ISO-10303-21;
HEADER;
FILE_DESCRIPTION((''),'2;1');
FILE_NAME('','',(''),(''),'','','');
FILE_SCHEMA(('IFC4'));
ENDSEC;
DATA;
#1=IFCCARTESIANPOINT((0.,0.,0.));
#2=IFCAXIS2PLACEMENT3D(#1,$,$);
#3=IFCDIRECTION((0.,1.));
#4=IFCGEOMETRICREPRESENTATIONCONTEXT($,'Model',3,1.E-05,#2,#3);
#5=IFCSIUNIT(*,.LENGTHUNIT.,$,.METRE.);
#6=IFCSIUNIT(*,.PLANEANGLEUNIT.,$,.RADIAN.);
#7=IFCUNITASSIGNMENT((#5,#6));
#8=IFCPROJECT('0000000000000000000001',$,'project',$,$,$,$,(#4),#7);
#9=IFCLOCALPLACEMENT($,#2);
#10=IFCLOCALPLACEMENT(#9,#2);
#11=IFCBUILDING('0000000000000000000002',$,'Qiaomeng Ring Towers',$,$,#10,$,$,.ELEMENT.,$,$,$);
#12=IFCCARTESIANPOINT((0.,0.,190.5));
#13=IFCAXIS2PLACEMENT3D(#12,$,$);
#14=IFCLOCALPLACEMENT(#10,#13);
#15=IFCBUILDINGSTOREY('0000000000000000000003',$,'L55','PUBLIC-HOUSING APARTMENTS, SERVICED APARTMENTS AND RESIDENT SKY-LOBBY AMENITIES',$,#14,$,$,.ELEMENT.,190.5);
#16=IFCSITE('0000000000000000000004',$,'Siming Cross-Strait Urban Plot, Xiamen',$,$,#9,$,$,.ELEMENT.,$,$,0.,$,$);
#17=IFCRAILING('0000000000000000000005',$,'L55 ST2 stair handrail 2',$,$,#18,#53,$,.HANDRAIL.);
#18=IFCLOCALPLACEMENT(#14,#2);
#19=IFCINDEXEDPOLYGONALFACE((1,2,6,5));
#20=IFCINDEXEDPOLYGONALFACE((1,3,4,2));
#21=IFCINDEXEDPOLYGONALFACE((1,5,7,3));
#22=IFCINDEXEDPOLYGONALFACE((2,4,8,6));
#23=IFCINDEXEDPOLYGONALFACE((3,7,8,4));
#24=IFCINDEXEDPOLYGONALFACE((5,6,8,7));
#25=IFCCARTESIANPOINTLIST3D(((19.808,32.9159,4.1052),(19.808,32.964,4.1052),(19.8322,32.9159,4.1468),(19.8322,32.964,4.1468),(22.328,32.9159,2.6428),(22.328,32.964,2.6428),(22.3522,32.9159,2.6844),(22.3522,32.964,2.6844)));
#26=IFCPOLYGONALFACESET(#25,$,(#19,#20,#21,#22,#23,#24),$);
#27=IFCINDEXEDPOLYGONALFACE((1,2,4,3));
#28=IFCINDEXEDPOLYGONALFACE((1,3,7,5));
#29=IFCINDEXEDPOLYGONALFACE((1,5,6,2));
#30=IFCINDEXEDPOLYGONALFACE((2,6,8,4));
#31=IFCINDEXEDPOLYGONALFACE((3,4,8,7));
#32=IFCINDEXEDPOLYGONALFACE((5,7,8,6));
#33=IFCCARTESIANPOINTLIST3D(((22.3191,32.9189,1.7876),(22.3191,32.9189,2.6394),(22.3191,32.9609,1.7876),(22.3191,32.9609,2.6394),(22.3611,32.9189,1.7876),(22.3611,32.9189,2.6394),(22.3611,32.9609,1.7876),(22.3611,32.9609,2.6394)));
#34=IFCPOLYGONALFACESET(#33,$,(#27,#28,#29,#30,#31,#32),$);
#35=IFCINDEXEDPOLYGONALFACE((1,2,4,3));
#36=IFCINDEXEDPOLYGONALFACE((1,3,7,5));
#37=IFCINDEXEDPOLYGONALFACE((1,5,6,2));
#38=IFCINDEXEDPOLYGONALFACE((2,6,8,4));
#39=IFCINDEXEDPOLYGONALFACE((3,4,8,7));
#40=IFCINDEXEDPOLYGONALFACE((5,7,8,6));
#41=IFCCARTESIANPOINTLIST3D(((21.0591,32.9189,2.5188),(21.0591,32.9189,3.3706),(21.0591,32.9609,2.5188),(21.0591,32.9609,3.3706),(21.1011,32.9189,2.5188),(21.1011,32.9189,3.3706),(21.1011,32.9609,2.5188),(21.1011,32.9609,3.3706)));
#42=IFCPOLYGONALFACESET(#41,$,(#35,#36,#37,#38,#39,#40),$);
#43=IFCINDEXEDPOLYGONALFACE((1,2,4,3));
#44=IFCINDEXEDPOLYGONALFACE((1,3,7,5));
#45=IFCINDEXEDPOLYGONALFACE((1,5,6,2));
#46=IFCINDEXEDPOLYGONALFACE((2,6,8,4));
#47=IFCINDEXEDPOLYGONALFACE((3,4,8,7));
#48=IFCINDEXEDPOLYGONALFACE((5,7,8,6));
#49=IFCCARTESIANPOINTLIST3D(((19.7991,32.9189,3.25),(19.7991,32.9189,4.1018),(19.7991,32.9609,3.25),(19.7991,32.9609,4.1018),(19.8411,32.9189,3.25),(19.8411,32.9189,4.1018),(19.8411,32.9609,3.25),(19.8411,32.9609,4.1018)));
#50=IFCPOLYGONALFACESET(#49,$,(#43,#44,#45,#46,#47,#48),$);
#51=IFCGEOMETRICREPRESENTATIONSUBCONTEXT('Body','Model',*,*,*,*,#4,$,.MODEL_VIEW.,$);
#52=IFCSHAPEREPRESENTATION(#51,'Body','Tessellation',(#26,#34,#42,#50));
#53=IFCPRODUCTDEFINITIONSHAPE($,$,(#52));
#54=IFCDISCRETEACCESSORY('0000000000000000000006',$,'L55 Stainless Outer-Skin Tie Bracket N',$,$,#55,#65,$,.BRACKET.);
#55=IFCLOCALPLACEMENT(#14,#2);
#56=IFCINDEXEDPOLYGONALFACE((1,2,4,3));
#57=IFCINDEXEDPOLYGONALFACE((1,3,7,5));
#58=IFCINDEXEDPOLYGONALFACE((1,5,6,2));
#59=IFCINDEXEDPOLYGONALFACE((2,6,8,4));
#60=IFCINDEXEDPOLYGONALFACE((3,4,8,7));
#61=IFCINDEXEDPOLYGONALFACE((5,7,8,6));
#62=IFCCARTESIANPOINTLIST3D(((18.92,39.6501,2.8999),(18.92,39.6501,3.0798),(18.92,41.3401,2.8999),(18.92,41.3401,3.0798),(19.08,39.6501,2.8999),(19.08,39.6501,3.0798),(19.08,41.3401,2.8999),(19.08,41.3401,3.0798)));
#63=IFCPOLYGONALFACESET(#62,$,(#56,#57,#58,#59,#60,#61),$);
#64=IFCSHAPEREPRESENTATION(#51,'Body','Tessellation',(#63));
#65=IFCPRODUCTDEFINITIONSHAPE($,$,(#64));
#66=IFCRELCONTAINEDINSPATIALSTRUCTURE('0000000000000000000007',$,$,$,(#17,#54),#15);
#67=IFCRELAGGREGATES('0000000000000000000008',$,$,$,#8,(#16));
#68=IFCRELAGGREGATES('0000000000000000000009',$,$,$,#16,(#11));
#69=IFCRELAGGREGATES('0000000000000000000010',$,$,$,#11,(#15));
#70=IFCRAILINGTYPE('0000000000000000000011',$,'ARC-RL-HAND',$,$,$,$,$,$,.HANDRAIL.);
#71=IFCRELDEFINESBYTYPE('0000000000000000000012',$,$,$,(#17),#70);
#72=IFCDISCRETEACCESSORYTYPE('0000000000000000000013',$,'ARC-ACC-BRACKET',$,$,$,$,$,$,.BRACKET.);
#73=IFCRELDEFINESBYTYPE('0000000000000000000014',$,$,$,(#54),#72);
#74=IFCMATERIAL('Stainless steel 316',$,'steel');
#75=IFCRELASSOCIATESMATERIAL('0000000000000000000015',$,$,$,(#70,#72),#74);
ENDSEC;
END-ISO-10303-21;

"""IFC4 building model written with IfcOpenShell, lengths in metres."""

from ifc_helpers import new_model, si_unit, direction, frame, origin, origin_2d, place, context, subcontext, project, spatial, rectangle, extrude, source, transform, mapped, material, type_object, element, save


model = new_model("IFC4")

# Units and contexts
model_context = context("Model", 3, precision=1e-05, world=origin(), true_north=direction((0.0, 1.0)))
body_context = subcontext(model_context, "Body", "Model", "MODEL_VIEW")
ifc_project = project(units=[si_unit("LENGTHUNIT", "METRE"), si_unit("PLANEANGLEUNIT", "RADIAN")], contexts=[model_context])

# Site, building, storey
site_placement = place(None, origin())
site = spatial("IfcSite", under=ifc_project, at=site_placement, Name="Siming Cross-Strait Urban Plot, Xiamen", CompositionType="ELEMENT", RefElevation=0.0)
building_placement = place(site_placement, origin())
building = spatial("IfcBuilding", under=site, at=building_placement, Name="Qiaomeng Ring Towers", CompositionType="ELEMENT")
storey_placement = place(building_placement, frame((0.0, 0.0, 190.5)))
storey = spatial("IfcBuildingStorey", under=building, at=storey_placement, Name="L55", Description="PUBLIC-HOUSING APARTMENTS, SERVICED APARTMENTS AND RESIDENT SKY-LOBBY AMENITIES", CompositionType="ELEMENT", Elevation=190.5)

# Railing
ifc_material_1 = material(Name="Stainless steel 316", Category="steel")
railing_type_1 = type_object("IfcRailingType", Name="ARC-RL-HAND", PredefinedType="HANDRAIL", material=ifc_material_1)
railing_1_placement = place(storey_placement, frame((22.3401, 32.9399, 1.7876)))
element("IfcRailing", 1, at=railing_1_placement, inside=storey, type_object=railing_type_1, Name="L55 ST2 stair handrail 2", PredefinedType="HANDRAIL", context=body_context, shape_type="SweptSolid", body=[
    extrude(rectangle(XDim=0.0481, YDim=0.0481, at=origin_2d()), frame((0.0, 0.0, 0.876), z_axis=(-0.864913, 0.0, 0.501921), x_axis=(0.0, -1.0, 0.0)), (0.0, 0.0, 1.0), 2.9136),
    extrude(rectangle(XDim=0.042, YDim=0.042, at=origin_2d()), origin(), (0.0, 0.0, 1.0), 0.8518),
    extrude(rectangle(XDim=0.042, YDim=0.042, at=origin_2d()), frame((-1.26, 0.0, 0.7312)), (0.0, 0.0, 1.0), 0.8518),
    extrude(rectangle(XDim=0.042, YDim=0.042, at=origin_2d()), frame((-2.52, 0.0, 1.4624)), (0.0, 0.0, 1.0), 0.8518),
])

# Discrete accessory
discrete_accessory_type = type_object("IfcDiscreteAccessoryType", Name="ARC-ACC-BRACKET", PredefinedType="BRACKET", material=ifc_material_1)
shared_shape_1 = source(origin(), body_context, "Body", "SweptSolid", [
    extrude(rectangle(XDim=0.1599, YDim=1.6899, at=origin_2d()), origin(), (0.0, 0.0, 1.0), 0.1799),
])
discrete_accessory_placement = place(storey_placement, frame((19.0, 40.4951, 2.8999), z_axis=(0.0, 0.0, 1.0), x_axis=(1.0, 0.0, 0.0)))
element("IfcDiscreteAccessory", 2, at=discrete_accessory_placement, inside=storey, type_object=discrete_accessory_type, Name="L55 Stainless Outer-Skin Tie Bracket N", PredefinedType="BRACKET", context=body_context, shape_type="MappedRepresentation", body=[
    mapped(shared_shape_1, transform((0.0, 0.0, 0.0), x_axis=(1.0, 0.0, 0.0), y_axis=(0.0, 1.0, 0.0), z_axis=(0.0, 0.0, 1.0), scale=1.0)),
])

save(model, "model.ifc")
